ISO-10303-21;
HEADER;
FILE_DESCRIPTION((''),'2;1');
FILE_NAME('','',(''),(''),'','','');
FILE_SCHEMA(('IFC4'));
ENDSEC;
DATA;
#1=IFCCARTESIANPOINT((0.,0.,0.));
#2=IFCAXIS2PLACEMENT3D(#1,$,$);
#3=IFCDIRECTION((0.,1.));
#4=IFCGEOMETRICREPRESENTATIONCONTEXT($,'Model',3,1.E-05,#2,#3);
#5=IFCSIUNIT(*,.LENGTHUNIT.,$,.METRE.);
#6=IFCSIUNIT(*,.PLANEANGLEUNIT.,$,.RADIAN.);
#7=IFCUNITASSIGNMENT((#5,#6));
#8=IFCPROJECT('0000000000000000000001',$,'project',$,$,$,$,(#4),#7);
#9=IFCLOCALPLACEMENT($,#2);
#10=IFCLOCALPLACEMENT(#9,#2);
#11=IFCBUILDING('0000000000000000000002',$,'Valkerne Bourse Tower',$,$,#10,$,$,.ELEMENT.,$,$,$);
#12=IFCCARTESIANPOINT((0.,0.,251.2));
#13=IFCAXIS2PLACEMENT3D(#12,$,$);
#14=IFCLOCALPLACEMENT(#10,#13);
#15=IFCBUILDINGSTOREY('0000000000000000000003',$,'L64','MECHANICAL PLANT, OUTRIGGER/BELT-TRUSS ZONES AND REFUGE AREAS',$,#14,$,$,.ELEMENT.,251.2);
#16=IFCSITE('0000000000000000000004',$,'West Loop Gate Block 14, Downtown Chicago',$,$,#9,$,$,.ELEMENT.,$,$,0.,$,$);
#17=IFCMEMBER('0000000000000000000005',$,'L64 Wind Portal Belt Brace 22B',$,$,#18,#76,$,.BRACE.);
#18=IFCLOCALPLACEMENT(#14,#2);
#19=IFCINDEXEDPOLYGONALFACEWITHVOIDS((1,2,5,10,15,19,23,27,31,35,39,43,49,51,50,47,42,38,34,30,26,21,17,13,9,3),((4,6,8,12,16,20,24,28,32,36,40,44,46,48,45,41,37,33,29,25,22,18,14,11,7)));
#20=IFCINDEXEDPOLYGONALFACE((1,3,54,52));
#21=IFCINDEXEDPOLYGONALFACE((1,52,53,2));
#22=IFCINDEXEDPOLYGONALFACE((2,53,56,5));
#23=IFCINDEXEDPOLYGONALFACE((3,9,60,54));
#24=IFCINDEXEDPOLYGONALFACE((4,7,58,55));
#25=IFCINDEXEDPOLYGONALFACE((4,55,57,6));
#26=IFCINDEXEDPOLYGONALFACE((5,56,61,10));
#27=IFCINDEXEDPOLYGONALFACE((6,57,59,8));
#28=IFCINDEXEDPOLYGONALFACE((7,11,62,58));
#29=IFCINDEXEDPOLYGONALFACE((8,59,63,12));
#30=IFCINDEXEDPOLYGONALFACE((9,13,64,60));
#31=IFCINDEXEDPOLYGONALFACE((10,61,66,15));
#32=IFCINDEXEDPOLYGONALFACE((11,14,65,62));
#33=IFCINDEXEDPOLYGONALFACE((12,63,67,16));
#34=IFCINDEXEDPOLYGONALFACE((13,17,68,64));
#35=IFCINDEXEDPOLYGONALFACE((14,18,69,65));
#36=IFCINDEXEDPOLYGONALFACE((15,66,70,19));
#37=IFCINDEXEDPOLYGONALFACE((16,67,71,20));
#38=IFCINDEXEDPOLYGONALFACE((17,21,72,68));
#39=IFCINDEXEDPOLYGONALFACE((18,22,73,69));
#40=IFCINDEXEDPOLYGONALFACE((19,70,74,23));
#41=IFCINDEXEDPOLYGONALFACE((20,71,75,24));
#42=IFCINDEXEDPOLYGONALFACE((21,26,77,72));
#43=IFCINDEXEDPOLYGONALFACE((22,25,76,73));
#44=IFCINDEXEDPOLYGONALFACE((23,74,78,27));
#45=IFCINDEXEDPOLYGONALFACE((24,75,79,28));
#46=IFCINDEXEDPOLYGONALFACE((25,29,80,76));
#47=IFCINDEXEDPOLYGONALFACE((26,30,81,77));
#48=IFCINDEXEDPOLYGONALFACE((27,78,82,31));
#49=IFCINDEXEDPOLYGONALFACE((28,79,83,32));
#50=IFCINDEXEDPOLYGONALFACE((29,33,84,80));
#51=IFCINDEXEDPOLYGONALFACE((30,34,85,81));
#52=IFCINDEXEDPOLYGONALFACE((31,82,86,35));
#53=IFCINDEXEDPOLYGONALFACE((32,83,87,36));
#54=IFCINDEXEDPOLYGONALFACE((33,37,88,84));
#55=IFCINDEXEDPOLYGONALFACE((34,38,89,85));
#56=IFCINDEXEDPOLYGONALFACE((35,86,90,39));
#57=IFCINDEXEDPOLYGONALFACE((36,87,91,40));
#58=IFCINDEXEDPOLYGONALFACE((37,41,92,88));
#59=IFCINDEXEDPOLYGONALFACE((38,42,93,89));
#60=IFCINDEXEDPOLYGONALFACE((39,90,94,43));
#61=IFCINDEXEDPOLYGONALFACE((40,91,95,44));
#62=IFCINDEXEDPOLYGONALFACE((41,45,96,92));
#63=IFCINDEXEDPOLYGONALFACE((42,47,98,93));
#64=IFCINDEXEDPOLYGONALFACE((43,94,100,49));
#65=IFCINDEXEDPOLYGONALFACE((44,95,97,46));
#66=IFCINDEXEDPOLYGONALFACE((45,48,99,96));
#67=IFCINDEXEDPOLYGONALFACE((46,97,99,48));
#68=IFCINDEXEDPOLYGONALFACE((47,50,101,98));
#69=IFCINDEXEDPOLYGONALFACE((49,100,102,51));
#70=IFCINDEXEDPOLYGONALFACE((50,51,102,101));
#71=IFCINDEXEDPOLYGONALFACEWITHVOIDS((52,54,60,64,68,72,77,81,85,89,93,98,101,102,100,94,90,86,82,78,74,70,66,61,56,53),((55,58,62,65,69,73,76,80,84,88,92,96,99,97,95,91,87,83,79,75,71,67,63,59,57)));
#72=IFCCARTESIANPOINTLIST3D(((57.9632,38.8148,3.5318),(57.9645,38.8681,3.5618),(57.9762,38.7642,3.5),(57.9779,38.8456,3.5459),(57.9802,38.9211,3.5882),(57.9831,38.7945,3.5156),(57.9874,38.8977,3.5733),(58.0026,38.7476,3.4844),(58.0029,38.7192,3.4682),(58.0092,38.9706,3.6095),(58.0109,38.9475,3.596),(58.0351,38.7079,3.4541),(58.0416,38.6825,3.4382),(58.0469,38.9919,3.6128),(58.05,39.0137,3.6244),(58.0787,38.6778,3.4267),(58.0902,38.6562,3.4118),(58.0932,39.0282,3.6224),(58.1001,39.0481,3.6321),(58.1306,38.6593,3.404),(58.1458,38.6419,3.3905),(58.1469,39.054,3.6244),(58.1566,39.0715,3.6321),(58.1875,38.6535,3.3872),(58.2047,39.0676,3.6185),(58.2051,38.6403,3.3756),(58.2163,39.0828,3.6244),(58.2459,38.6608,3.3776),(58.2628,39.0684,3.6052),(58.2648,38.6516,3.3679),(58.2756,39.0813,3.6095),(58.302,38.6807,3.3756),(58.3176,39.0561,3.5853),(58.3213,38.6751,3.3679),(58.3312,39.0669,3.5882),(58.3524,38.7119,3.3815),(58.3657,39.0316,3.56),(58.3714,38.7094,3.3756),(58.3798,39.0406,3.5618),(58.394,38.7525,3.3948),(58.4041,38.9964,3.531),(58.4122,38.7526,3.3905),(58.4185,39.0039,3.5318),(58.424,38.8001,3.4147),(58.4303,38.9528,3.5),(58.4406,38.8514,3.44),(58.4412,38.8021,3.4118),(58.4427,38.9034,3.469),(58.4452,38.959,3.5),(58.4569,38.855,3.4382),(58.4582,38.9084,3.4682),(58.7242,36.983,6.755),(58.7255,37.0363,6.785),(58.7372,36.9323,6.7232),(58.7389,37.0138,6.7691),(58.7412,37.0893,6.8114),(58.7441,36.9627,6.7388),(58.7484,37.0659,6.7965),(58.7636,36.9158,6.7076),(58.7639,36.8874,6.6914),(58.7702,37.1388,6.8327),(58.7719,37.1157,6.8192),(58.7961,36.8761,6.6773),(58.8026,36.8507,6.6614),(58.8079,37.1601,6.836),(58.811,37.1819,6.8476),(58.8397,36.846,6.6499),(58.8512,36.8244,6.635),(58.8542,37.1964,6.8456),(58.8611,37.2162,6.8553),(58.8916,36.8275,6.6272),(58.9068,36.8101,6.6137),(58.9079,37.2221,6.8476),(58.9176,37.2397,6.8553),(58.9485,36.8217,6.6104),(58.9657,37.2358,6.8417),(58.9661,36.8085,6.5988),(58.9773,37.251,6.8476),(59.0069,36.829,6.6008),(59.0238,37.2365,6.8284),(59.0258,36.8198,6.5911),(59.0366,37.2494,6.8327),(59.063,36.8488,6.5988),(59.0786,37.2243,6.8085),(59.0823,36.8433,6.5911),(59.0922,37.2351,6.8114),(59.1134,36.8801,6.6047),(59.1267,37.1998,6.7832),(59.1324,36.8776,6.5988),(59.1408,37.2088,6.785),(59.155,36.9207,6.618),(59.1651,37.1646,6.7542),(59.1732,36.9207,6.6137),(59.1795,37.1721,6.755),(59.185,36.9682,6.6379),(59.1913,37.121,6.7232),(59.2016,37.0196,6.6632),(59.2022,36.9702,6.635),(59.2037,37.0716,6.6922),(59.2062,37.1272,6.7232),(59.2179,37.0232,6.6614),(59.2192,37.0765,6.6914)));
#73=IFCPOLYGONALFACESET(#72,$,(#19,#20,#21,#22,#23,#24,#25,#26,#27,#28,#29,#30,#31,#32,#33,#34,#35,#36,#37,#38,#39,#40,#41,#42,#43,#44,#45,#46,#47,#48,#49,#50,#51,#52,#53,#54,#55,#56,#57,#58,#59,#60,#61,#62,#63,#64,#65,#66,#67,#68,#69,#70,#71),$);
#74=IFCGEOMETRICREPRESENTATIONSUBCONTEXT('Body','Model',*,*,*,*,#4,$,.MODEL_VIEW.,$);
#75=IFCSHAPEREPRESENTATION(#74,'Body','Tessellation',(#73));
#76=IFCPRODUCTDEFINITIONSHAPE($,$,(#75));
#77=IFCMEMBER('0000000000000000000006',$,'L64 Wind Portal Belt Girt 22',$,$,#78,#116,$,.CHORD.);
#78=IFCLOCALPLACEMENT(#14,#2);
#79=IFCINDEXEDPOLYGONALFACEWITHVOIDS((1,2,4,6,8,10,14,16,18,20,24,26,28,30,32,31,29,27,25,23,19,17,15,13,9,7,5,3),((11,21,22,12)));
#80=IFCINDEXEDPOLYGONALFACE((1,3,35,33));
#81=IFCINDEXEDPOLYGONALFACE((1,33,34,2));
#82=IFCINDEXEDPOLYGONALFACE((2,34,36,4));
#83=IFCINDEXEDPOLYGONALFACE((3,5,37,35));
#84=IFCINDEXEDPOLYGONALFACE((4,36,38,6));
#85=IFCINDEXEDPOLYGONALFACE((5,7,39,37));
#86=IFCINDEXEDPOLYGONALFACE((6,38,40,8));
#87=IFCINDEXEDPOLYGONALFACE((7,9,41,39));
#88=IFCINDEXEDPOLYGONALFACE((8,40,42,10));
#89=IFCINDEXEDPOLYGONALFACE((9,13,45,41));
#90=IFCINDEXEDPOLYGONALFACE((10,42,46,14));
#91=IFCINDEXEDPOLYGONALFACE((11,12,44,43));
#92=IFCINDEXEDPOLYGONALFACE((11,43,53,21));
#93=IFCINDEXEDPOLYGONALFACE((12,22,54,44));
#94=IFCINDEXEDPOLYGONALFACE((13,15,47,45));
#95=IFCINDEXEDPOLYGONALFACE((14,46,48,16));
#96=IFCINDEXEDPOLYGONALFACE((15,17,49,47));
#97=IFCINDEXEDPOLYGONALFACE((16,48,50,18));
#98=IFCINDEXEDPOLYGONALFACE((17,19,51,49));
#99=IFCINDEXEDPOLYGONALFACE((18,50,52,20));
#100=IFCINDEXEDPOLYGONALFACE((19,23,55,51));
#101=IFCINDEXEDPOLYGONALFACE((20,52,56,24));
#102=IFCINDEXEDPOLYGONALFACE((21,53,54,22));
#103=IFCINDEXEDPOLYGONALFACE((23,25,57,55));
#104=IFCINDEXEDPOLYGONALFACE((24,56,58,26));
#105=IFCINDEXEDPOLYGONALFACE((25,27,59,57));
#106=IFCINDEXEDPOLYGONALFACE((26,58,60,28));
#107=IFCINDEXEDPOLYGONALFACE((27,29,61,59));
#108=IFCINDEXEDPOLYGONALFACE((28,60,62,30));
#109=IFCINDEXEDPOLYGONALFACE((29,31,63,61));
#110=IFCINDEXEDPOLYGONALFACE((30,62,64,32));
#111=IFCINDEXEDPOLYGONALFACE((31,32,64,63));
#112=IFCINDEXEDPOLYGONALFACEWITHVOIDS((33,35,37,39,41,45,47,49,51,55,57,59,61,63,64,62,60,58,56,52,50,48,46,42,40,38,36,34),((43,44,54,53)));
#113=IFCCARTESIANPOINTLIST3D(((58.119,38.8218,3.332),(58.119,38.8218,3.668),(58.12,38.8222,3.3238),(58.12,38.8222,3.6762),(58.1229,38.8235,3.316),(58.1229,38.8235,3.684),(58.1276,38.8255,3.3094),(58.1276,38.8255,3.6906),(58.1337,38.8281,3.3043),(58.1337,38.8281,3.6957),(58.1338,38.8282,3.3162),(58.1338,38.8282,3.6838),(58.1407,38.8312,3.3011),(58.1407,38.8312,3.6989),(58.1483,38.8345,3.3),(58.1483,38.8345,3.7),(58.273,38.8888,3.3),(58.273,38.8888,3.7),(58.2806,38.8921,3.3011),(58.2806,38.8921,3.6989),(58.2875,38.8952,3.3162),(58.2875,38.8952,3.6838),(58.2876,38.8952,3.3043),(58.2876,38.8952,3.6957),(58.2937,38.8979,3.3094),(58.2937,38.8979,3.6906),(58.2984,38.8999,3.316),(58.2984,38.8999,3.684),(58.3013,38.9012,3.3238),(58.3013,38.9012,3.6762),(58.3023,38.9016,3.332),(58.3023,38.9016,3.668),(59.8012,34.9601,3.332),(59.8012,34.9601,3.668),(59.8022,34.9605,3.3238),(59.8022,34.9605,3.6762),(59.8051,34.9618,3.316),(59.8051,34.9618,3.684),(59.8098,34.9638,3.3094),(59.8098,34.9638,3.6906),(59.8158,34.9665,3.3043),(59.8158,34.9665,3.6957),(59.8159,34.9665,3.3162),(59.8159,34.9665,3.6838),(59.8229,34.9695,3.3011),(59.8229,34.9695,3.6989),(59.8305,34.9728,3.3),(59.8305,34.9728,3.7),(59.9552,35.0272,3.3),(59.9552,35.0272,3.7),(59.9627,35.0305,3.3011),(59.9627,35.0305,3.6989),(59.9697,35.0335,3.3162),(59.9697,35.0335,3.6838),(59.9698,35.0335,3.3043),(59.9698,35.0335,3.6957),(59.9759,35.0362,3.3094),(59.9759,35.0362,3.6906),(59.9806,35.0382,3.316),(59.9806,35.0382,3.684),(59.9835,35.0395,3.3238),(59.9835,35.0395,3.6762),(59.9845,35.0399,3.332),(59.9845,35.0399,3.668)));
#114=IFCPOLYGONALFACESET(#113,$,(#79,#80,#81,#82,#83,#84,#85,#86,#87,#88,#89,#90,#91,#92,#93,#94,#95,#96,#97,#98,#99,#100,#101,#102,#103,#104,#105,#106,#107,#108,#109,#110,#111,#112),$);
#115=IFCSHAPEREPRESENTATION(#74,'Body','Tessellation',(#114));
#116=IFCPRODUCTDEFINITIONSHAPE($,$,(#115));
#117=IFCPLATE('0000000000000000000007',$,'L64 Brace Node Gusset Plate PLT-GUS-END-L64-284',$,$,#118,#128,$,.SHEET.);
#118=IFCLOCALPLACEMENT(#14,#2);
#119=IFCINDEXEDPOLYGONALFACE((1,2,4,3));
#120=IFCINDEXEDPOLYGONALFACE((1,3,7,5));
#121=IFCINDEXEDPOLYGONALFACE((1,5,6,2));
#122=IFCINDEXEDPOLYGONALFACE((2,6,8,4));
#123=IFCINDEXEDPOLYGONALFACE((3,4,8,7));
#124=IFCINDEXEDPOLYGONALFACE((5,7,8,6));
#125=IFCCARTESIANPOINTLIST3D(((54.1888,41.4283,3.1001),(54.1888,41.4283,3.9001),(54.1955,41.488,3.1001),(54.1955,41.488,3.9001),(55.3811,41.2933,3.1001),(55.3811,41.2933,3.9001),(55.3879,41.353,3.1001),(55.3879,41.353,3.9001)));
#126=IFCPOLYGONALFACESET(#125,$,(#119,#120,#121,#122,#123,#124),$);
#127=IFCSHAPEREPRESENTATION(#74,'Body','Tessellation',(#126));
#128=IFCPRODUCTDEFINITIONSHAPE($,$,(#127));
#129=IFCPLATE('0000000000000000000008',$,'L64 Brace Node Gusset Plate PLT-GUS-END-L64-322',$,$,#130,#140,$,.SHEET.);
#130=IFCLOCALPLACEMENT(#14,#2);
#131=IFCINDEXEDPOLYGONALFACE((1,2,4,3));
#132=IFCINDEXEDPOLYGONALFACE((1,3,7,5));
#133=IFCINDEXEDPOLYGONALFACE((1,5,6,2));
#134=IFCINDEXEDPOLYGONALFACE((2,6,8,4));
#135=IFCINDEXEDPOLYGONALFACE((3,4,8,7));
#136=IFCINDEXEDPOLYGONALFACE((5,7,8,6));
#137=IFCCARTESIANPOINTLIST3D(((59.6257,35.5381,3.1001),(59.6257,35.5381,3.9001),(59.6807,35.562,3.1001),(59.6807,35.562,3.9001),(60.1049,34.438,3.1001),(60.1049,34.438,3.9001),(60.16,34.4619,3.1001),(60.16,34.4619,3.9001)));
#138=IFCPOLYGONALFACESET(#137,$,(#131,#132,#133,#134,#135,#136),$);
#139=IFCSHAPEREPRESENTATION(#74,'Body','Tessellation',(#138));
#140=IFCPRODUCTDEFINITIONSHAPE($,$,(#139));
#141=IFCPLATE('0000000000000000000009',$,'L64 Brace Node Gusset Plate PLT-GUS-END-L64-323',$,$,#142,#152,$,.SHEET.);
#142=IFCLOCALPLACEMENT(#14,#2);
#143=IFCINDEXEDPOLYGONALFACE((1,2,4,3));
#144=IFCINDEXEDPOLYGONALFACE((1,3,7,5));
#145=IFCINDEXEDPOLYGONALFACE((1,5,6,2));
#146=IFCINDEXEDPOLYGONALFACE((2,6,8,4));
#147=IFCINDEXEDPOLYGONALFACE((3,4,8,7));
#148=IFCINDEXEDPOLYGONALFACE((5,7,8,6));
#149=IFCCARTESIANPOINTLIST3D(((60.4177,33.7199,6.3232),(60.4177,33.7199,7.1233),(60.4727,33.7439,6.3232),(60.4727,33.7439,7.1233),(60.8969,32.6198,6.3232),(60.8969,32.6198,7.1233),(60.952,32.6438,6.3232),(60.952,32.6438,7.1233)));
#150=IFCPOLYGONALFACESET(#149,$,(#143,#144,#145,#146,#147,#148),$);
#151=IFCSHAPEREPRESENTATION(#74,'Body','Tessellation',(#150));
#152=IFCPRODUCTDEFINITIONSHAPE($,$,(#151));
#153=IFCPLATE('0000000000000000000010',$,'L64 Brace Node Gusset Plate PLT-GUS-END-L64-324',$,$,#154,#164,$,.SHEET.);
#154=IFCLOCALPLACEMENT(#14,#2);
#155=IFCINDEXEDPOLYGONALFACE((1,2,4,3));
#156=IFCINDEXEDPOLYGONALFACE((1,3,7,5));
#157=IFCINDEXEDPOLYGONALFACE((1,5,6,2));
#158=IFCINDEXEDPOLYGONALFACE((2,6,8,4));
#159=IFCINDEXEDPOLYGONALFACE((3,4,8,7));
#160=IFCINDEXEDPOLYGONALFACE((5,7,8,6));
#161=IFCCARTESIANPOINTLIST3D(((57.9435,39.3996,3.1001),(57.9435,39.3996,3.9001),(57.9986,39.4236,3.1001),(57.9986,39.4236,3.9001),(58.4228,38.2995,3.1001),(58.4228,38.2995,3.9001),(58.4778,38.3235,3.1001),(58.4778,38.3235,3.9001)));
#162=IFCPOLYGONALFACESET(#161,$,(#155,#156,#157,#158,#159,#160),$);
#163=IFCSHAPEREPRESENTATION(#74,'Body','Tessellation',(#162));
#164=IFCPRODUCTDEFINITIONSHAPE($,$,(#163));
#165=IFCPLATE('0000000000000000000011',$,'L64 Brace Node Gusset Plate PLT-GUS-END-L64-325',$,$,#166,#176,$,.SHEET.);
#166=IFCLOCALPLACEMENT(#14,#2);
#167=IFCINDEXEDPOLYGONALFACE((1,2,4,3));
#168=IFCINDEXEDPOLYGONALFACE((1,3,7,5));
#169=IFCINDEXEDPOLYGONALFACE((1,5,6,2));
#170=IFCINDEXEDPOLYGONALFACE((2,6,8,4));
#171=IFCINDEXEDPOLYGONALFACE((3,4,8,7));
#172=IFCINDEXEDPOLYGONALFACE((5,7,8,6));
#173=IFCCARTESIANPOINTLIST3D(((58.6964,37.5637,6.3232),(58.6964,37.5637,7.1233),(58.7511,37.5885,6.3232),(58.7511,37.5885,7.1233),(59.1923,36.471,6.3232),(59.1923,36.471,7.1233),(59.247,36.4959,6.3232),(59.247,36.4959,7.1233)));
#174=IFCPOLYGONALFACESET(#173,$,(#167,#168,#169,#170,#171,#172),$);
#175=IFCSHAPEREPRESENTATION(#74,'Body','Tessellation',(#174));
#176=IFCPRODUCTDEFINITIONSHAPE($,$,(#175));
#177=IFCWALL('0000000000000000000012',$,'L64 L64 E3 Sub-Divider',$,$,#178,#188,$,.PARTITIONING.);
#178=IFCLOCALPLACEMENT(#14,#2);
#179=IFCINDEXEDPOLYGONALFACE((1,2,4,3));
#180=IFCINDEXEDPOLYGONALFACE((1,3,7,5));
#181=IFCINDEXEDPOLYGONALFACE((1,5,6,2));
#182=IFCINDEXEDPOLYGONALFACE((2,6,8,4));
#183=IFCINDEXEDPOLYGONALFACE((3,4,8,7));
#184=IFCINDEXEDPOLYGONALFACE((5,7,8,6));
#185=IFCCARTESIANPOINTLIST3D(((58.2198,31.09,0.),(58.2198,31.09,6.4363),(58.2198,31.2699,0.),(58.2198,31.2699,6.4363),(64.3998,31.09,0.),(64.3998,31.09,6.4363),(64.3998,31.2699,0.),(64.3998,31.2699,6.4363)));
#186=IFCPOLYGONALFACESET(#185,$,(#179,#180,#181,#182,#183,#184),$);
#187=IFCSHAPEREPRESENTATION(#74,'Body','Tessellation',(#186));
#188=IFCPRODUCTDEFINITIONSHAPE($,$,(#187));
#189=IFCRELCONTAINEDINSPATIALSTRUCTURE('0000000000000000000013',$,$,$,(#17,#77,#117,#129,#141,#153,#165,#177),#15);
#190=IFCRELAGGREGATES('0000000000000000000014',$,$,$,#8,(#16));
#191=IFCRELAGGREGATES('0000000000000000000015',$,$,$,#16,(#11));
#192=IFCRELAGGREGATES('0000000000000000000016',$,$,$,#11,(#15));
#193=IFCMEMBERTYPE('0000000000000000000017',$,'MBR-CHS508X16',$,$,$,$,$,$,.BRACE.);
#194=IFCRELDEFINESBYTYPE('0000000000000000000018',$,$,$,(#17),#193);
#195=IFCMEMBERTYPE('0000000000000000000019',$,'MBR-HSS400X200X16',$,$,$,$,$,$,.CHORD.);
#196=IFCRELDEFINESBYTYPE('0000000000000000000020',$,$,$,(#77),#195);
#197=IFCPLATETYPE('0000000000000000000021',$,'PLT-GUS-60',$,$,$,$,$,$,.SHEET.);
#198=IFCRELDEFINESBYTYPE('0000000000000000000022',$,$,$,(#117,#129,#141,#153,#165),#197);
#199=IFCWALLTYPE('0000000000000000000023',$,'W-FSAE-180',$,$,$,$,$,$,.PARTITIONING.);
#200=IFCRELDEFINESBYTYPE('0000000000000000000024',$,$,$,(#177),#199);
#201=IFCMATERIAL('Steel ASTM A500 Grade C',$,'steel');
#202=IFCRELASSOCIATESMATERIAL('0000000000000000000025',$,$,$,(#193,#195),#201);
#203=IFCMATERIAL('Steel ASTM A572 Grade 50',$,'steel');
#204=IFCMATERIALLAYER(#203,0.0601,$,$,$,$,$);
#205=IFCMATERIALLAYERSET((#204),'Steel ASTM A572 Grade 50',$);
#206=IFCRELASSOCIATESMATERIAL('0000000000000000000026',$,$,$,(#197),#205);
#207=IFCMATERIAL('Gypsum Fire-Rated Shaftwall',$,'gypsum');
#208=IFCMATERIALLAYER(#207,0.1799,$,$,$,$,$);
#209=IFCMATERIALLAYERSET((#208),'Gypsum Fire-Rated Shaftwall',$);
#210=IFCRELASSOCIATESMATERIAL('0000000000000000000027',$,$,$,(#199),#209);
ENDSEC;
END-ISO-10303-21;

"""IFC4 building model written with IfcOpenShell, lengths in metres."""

from ifc_helpers import new_model, si_unit, direction, frame, frame_2d, origin, origin_2d, place, context, subcontext, project, spatial, rectangle, hollow_rectangle, hollow_circle, extrude, material, layer, layer_set, material_profile, profile_set, type_object, element, save


model = new_model("IFC4")

# Units and contexts
model_context = context("Model", 3, precision=1e-05, world=origin(), true_north=direction((0.0, 1.0)))
body_context = subcontext(model_context, "Body", "Model", "MODEL_VIEW")
ifc_project = project(units=[si_unit("LENGTHUNIT", "METRE"), si_unit("PLANEANGLEUNIT", "RADIAN")], contexts=[model_context])

# Site, building, storey
site_placement = place(None, origin())
site = spatial("IfcSite", under=ifc_project, at=site_placement, Name="West Loop Gate Block 14, Downtown Chicago", CompositionType="ELEMENT", RefElevation=0.0)
building_placement = place(site_placement, origin())
building = spatial("IfcBuilding", under=site, at=building_placement, Name="Valkerne Bourse Tower", CompositionType="ELEMENT")
storey_placement = place(building_placement, frame((0.0, 0.0, 251.2)))
storey = spatial("IfcBuildingStorey", under=building, at=storey_placement, Name="L64", Description="MECHANICAL PLANT, OUTRIGGER/BELT-TRUSS ZONES AND REFUGE AREAS", CompositionType="ELEMENT", Elevation=251.2)

# Members
ifc_material_1 = material(Name="Steel ASTM A500 Grade C", Category="steel")
ifc_material_profile_1 = material_profile(ifc_material_1, hollow_circle(Radius=0.2539, WallThickness=0.0161, at=origin_2d()), Name="CHS508X16")
ifc_profile_set_1 = profile_set([ifc_material_profile_1], Name="Steel ASTM A500 Grade C")
member_type_1 = type_object("IfcMemberType", Name="MBR-CHS508X16", PredefinedType="BRACE", material=ifc_profile_set_1)
member_1_placement = place(storey_placement, frame((58.2107, 38.8616, 3.5), z_axis=(0.201074, -0.484011, 0.851647), x_axis=(0.923481, 0.383645, 0.0)))
element("IfcMember", 1, at=member_1_placement, inside=storey, type_object=member_type_1, Name="L64 Wind Portal Belt Brace 22B", PredefinedType="BRACE", context=body_context, shape_type="SweptSolid", body=[
    extrude(hollow_circle(Radius=0.2539, WallThickness=0.0161, at=origin_2d()), origin(), (0.0, 0.0, 1.0), 3.7847),
])
ifc_material_profile_2 = material_profile(ifc_material_1, hollow_rectangle(XDim=0.2, YDim=0.3999, WallThickness=0.0161, OuterFilletRadius=0.032, at=origin_2d()), Name="HSS400X200X16")
ifc_profile_set_2 = profile_set([ifc_material_profile_2], Name="Steel ASTM A500 Grade C")
member_type_2 = type_object("IfcMemberType", Name="MBR-HSS400X200X16", PredefinedType="CHORD", material=ifc_profile_set_2)
member_2_placement = place(storey_placement, frame((59.8928, 35.0, 3.5), z_axis=(-0.399362, 0.916793, 0.0), x_axis=(-0.916793, -0.399362, 0.0)))
element("IfcMember", 2, at=member_2_placement, inside=storey, type_object=member_type_2, Name="L64 Wind Portal Belt Girt 22", PredefinedType="CHORD", context=body_context, shape_type="SweptSolid", body=[
    extrude(hollow_rectangle(XDim=0.2, YDim=0.3999, WallThickness=0.0161, OuterFilletRadius=0.032, at=origin_2d()), origin(), (0.0, 0.0, 1.0), 4.2122),
])

# Plates
ifc_material_2 = material(Name="Steel ASTM A572 Grade 50", Category="steel")
ifc_layer_1 = layer(ifc_material_2, 0.0601)
ifc_layer_set_1 = layer_set([ifc_layer_1], Name="Steel ASTM A572 Grade 50")
plate_type = type_object("IfcPlateType", Name="PLT-GUS-60", PredefinedType="SHEET", material=ifc_layer_set_1)
for number, where, z_axis, x_axis, name in (
    (3, (54.7883, 41.3906, 3.1001), (0.0, 0.0, 1.0), (-0.993651, 0.11251, 0.0), "L64 Brace Node Gusset Plate PLT-GUS-END-L64-284"),
    (4, (59.8928, 35.0, 3.1001), (0.0, 0.0, 1.0), (-0.399389, 0.916781, 0.0), "L64 Brace Node Gusset Plate PLT-GUS-END-L64-322"),
    (5, (60.6848, 33.1819, 6.3232), (0.0, 0.0, 1.0), (-0.399389, 0.916781, 0.0), "L64 Brace Node Gusset Plate PLT-GUS-END-L64-323"),
    (6, (58.2107, 38.8616, 3.1001), (0.0, 0.0, 1.0), (-0.399389, 0.916781, 0.0), "L64 Brace Node Gusset Plate PLT-GUS-END-L64-324"),
    (7, (58.9717, 37.0298, 6.3232), (0.0, 0.0, 1.0), (-0.413263, 0.910612, 0.0), "L64 Brace Node Gusset Plate PLT-GUS-END-L64-325"),
):
    element("IfcPlate", number, at=place(storey_placement, frame(where, z_axis=z_axis, x_axis=x_axis)), inside=storey, type_object=plate_type, Name=name, PredefinedType="SHEET", context=body_context, shape_type="SweptSolid", body=[
        extrude(rectangle(XDim=1.2, YDim=0.0601, at=origin_2d()), origin(), (0.0, 0.0, 1.0), 0.8),
    ])

# Wall
ifc_material_3 = material(Name="Gypsum Fire-Rated Shaftwall", Category="gypsum")
ifc_layer_2 = layer(ifc_material_3, 0.1799)
ifc_layer_set_2 = layer_set([ifc_layer_2], Name="Gypsum Fire-Rated Shaftwall")
wall_type = type_object("IfcWallType", Name="W-FSAE-180", PredefinedType="PARTITIONING", material=ifc_layer_set_2)
wall_placement = place(storey_placement, frame((58.22, 31.1799, 0.0), z_axis=(0.0, 0.0, 1.0), x_axis=(1.0, 0.0, 0.0)))
element("IfcWall", 8, at=wall_placement, inside=storey, type_object=wall_type, Name="L64 L64 E3 Sub-Divider", PredefinedType="PARTITIONING", context=body_context, shape_type="SweptSolid", body=[
    extrude(rectangle(XDim=6.1799, YDim=0.1799, at=frame_2d((3.0898, 0.0))), origin(), (0.0, 0.0, 1.0), 6.4363),
])

save(model, "model.ifc")
